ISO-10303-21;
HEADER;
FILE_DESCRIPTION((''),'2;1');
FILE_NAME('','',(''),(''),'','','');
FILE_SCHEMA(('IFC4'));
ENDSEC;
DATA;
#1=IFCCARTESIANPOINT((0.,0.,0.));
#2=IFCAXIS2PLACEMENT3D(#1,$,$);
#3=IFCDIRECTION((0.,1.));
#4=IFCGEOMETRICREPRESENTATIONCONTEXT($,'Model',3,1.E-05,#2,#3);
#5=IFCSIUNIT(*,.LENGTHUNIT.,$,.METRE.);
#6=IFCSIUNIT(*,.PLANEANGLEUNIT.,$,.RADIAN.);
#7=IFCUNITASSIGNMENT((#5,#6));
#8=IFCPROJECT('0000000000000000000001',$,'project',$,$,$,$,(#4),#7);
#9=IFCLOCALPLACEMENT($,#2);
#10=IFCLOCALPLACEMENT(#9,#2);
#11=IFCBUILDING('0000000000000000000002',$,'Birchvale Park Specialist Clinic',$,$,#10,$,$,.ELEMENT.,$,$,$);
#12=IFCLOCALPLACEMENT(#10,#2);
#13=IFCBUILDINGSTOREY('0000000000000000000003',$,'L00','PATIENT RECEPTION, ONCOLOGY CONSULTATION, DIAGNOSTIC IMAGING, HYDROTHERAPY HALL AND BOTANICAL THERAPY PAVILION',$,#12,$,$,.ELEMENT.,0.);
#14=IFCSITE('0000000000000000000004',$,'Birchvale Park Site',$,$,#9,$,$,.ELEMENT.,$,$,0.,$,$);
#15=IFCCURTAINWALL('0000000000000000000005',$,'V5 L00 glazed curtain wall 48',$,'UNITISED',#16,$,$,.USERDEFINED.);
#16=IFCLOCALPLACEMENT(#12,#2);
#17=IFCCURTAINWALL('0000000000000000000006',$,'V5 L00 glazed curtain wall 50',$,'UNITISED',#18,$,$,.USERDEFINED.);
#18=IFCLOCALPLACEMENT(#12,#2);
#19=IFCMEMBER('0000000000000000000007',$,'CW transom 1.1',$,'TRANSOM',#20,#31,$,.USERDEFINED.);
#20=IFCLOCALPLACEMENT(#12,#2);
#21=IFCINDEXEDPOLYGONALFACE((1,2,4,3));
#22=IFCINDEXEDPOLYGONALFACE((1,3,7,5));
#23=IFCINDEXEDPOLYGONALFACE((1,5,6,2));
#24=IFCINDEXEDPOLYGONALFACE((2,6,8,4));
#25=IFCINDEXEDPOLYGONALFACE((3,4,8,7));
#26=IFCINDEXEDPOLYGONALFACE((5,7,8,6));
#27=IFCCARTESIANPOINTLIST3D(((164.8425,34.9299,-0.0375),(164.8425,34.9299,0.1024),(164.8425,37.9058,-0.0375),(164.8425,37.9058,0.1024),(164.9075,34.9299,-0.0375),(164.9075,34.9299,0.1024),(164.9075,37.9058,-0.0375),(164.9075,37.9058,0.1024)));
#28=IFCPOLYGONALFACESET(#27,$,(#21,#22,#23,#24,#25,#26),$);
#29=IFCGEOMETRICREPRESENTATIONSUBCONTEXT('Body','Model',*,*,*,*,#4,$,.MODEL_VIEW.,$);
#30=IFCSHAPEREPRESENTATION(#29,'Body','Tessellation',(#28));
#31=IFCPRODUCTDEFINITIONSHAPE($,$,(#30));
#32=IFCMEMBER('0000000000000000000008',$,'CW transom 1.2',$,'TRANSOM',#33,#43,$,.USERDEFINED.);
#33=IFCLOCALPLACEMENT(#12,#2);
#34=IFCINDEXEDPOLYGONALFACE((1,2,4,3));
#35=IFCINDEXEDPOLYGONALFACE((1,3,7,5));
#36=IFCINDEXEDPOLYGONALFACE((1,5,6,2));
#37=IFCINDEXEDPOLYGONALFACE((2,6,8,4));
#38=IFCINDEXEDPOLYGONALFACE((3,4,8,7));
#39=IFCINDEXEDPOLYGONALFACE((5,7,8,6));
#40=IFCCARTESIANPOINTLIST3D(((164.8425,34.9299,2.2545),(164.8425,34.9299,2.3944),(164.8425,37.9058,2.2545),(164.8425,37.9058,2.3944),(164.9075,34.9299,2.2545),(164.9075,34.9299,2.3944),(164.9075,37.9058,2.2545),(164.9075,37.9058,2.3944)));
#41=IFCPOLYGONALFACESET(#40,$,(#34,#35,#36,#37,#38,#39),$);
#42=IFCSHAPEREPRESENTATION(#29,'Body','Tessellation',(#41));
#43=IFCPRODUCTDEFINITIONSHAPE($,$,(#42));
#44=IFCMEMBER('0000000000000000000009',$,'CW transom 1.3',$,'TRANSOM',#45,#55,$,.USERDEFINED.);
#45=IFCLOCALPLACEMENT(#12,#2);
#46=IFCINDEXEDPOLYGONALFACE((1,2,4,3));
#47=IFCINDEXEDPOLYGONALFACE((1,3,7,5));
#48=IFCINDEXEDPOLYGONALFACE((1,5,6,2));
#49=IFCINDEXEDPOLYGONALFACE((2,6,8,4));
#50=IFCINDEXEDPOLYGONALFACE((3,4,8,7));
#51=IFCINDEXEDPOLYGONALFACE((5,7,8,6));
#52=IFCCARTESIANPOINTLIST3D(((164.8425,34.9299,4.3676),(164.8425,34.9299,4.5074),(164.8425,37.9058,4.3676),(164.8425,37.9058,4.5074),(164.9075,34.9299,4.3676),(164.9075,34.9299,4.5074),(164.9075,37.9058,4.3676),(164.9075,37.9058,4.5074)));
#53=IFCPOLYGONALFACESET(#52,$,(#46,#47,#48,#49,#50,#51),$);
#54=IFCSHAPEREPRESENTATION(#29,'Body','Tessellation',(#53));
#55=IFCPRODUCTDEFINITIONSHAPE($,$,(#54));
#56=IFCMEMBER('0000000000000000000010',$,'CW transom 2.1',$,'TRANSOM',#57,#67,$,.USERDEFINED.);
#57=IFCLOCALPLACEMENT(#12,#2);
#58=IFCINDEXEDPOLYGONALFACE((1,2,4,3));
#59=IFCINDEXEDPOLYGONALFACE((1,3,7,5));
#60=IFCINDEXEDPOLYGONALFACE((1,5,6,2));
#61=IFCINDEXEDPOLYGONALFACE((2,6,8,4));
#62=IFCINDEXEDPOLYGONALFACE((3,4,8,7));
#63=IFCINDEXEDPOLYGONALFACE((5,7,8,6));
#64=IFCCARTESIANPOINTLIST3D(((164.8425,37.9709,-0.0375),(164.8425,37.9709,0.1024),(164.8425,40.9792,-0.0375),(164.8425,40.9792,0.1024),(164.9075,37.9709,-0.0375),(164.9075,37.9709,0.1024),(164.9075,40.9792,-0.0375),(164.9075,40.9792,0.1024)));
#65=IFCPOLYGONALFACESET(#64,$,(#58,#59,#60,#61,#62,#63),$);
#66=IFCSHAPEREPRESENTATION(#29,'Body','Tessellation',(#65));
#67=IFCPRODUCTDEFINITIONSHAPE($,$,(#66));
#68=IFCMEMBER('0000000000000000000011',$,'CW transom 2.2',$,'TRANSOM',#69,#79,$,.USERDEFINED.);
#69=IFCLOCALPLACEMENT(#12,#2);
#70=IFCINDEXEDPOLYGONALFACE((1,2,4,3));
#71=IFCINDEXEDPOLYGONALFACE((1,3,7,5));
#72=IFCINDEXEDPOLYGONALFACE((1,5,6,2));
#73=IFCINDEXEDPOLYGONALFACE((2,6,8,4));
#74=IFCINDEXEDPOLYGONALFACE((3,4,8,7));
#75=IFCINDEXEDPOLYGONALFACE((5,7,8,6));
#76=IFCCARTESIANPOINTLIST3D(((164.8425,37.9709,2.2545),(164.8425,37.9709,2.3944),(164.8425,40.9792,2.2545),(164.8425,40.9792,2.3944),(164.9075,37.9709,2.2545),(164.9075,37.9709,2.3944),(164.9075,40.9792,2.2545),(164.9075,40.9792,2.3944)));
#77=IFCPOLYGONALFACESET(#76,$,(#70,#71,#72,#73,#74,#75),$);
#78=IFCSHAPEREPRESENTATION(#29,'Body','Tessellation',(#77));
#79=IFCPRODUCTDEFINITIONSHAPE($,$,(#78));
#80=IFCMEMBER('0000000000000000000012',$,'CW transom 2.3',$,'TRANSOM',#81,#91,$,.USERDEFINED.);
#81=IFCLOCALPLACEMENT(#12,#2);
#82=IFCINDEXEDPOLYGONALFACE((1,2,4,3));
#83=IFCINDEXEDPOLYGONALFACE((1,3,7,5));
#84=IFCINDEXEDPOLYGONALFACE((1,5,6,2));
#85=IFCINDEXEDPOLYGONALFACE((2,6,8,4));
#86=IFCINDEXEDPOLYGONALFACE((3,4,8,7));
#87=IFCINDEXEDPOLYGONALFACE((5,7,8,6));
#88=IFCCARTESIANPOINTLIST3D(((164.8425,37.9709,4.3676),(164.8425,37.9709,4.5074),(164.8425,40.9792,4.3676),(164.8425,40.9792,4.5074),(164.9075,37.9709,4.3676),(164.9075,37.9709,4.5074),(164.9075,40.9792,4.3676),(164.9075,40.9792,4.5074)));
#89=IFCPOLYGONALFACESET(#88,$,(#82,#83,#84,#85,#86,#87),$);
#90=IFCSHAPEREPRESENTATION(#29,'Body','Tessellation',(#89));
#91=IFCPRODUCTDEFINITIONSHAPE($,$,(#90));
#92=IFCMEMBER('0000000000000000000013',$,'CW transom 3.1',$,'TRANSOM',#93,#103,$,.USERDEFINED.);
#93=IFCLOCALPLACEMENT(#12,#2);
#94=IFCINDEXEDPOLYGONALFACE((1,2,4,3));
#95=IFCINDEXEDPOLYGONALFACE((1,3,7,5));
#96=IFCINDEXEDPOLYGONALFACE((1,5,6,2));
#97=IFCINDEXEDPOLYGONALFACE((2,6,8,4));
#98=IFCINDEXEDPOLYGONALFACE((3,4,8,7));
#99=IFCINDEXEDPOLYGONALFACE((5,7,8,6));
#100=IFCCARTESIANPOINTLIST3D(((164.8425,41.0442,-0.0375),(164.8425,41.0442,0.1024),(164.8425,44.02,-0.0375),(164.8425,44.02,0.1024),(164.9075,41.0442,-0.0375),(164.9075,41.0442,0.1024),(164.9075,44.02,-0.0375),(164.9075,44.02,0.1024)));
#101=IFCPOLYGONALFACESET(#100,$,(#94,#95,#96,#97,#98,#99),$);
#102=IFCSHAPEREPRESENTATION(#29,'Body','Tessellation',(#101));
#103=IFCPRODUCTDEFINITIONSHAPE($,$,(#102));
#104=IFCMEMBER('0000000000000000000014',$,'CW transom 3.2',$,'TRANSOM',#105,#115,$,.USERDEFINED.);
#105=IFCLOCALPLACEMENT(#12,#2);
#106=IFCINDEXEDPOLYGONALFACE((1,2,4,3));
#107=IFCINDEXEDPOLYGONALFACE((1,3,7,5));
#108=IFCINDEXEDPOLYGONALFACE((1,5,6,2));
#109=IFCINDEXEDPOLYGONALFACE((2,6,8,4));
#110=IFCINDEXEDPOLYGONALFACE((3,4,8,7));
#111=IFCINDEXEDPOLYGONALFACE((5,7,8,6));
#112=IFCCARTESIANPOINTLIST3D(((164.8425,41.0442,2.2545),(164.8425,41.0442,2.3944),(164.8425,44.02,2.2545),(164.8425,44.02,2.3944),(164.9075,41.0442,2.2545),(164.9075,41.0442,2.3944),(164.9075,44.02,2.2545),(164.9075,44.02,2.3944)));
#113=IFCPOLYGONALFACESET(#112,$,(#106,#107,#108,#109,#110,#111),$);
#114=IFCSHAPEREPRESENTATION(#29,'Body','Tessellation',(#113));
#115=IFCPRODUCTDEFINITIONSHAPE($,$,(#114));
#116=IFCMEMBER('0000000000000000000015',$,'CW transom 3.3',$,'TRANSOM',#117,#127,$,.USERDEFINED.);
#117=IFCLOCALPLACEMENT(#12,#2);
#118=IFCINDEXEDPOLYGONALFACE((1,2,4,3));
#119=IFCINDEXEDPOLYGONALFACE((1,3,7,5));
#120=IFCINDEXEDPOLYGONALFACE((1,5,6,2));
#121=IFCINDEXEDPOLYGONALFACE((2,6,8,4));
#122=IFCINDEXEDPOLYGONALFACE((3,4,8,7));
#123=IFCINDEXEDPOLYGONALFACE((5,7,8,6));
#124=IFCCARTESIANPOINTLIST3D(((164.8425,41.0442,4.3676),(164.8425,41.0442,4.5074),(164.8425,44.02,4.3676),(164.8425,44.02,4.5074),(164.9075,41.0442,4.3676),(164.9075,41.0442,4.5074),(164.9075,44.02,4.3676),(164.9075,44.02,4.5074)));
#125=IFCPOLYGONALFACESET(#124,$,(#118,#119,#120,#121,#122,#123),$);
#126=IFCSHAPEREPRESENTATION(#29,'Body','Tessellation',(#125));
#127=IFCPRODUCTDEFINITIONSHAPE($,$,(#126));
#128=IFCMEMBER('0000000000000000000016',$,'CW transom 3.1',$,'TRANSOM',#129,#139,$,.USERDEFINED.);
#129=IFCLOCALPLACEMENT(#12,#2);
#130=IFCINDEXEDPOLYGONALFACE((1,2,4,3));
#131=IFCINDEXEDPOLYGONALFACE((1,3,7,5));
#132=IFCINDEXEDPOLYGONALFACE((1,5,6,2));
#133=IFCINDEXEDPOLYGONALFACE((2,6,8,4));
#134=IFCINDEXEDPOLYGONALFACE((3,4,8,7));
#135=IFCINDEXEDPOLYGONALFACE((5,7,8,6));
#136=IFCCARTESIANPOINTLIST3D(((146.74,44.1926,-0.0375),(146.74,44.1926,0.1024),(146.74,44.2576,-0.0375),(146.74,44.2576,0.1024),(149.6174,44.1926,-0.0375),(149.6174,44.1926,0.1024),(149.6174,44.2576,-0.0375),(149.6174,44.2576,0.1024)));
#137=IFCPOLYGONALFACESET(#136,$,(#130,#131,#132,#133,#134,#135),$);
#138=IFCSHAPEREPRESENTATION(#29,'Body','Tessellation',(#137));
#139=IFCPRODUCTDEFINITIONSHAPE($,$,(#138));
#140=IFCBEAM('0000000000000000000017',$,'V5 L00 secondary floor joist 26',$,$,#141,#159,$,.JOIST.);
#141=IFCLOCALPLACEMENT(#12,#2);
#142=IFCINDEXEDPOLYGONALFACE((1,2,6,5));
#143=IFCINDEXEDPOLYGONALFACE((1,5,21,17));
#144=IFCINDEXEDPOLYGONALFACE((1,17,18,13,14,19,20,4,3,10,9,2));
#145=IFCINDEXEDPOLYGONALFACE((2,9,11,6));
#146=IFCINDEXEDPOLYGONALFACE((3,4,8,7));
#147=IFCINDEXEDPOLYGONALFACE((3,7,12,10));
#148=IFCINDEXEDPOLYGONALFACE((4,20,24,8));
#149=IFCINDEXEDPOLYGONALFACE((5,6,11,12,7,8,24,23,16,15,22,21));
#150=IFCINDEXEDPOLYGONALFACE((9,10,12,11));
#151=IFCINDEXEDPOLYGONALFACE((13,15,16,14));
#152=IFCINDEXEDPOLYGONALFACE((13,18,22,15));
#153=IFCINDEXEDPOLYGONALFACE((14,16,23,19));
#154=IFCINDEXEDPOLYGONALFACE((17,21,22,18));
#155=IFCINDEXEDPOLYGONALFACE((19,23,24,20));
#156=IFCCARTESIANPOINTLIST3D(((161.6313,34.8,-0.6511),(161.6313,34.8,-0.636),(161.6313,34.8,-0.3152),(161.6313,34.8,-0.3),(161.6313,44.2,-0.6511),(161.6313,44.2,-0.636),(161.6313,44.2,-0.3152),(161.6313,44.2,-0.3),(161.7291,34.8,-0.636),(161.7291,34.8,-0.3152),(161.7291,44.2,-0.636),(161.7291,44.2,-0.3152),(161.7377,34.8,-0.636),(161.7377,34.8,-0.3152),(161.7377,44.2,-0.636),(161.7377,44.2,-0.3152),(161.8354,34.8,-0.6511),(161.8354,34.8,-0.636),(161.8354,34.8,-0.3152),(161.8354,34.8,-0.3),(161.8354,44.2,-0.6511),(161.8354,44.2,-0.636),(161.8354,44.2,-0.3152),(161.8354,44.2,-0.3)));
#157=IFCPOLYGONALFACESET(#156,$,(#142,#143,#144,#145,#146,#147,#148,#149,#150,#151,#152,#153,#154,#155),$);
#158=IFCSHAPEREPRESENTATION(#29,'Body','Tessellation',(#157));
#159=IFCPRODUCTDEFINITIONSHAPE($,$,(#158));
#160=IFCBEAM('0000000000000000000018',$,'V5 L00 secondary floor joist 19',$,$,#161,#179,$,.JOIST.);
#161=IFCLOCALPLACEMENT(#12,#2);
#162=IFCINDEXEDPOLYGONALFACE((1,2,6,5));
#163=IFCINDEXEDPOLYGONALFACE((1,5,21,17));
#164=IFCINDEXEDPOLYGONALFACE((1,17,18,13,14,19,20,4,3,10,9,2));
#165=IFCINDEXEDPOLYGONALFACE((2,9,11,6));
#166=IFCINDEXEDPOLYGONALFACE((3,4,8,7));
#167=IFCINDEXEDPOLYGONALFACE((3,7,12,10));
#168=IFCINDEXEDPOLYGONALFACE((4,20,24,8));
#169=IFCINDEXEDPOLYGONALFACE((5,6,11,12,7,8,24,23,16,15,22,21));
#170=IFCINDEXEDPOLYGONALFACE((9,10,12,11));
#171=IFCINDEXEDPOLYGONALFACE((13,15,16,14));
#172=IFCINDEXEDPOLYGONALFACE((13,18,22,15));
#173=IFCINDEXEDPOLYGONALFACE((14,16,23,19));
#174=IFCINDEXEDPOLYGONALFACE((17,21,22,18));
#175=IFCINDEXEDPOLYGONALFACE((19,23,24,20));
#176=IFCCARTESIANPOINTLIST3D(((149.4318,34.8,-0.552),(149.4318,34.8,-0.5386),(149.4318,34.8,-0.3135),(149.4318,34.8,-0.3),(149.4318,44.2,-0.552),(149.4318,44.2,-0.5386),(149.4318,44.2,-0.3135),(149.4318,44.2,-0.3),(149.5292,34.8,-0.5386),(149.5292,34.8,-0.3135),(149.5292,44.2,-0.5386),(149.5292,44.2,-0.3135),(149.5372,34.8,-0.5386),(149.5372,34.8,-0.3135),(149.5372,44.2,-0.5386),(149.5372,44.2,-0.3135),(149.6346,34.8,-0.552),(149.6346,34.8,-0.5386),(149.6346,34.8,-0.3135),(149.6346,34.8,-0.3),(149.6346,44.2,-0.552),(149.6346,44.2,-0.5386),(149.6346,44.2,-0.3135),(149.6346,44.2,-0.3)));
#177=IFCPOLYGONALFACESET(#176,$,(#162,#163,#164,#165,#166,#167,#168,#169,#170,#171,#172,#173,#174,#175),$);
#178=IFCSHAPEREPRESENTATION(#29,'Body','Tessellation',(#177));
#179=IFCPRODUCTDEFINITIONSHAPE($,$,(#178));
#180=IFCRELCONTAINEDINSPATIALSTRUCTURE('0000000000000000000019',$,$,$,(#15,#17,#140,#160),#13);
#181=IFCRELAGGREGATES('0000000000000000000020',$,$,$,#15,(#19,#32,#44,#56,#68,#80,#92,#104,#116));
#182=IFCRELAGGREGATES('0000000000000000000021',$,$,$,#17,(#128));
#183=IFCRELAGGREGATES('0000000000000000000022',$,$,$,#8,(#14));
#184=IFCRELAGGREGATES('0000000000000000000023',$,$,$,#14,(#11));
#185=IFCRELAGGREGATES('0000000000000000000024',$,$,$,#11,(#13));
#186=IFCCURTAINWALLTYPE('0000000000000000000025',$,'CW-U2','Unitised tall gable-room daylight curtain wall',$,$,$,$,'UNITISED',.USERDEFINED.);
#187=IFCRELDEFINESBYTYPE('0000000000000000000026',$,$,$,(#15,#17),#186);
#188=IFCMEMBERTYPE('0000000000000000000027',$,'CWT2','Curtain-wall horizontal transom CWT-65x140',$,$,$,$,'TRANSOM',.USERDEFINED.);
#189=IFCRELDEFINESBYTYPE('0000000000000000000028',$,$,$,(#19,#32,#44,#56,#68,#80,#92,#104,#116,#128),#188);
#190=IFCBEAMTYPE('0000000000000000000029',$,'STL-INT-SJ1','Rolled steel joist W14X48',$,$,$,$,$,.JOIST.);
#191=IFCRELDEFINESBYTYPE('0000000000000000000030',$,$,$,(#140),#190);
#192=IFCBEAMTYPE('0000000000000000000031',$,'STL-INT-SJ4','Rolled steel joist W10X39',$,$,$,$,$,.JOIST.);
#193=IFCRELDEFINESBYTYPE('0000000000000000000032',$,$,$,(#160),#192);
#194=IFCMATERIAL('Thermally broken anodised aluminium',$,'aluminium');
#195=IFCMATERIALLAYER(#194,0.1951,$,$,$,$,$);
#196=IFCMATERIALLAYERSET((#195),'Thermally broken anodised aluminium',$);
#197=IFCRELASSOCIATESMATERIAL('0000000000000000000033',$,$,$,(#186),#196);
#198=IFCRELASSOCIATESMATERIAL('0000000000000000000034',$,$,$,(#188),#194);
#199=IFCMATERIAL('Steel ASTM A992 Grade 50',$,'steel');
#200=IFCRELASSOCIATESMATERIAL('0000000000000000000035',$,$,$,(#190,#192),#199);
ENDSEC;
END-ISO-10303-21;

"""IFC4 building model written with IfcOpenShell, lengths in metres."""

from ifc_helpers import new_model, si_unit, direction, frame, origin, origin_2d, place, context, subcontext, project, spatial, rectangle, i_section, extrude, material, layer, layer_set, material_profile, profile_set, type_object, element, aggregate, save


model = new_model("IFC4")

# Units and contexts
model_context = context("Model", 3, precision=1e-05, world=origin(), true_north=direction((0.0, 1.0)))
body_context = subcontext(model_context, "Body", "Model", "MODEL_VIEW")
ifc_project = project(units=[si_unit("LENGTHUNIT", "METRE"), si_unit("PLANEANGLEUNIT", "RADIAN")], contexts=[model_context])

# Site, building, storey
site_placement = place(None, origin())
site = spatial("IfcSite", under=ifc_project, at=site_placement, Name="Birchvale Park Site", CompositionType="ELEMENT", RefElevation=0.0)
building_placement = place(site_placement, origin())
building = spatial("IfcBuilding", under=site, at=building_placement, Name="Birchvale Park Specialist Clinic", CompositionType="ELEMENT")
storey_placement = place(building_placement, origin())
storey = spatial("IfcBuildingStorey", under=building, at=storey_placement, Name="L00", Description="PATIENT RECEPTION, ONCOLOGY CONSULTATION, DIAGNOSTIC IMAGING, HYDROTHERAPY HALL AND BOTANICAL THERAPY PAVILION", CompositionType="ELEMENT", Elevation=0.0)

# Curtain wall
ifc_material_1 = material(Name="Thermally broken anodised aluminium", Category="aluminium")
ifc_layer_1 = layer(ifc_material_1, 0.1951)
ifc_layer_set_1 = layer_set([ifc_layer_1], Name="Thermally broken anodised aluminium")
curtain_wall_type = type_object("IfcCurtainWallType", Name="CW-U2", Description="Unitised tall gable-room daylight curtain wall", ElementType="UNITISED", PredefinedType="USERDEFINED", material=ifc_layer_set_1)
curtain_wall_1_placement = place(storey_placement, origin())
curtain_wall_1 = element("IfcCurtainWall", 1, at=curtain_wall_1_placement, inside=storey, type_object=curtain_wall_type, Name="V5 L00 glazed curtain wall 48", ObjectType="UNITISED", PredefinedType="USERDEFINED")

# Curtain wall
curtain_wall_2_placement = place(storey_placement, origin())
curtain_wall_2 = element("IfcCurtainWall", 2, at=curtain_wall_2_placement, inside=storey, type_object=curtain_wall_type, Name="V5 L00 glazed curtain wall 50", ObjectType="UNITISED", PredefinedType="USERDEFINED")

# Members
ifc_material_profile_1 = material_profile(ifc_material_1, rectangle(XDim=0.0649, YDim=0.1399, at=origin_2d()), Name="CWT-65x140")
ifc_profile_set_1 = profile_set([ifc_material_profile_1], Name="Thermally broken anodised aluminium")
member_type_1 = type_object("IfcMemberType", Name="CWT2", Description="Curtain-wall horizontal transom CWT-65x140", ElementType="TRANSOM", PredefinedType="USERDEFINED", material=ifc_profile_set_1)
member_1_placement = place(storey_placement, frame((164.875, 34.9299, 0.0325), z_axis=(0.0, 1.0, 0.0), x_axis=(-1.0, 0.0, 0.0)))
member_1 = element("IfcMember", 3, at=member_1_placement, type_object=member_type_1, Name="CW transom 1.1", ObjectType="TRANSOM", PredefinedType="USERDEFINED", context=body_context, shape_type="SweptSolid", body=[
    extrude(rectangle(XDim=0.0649, YDim=0.1399, at=origin_2d()), origin(), (0.0, 0.0, 1.0), 2.9758),
])
member_2_placement = place(storey_placement, frame((164.875, 34.9299, 2.3245), z_axis=(0.0, 1.0, 0.0), x_axis=(-1.0, 0.0, 0.0)))
member_2 = element("IfcMember", 4, at=member_2_placement, type_object=member_type_1, Name="CW transom 1.2", ObjectType="TRANSOM", PredefinedType="USERDEFINED", context=body_context, shape_type="SweptSolid", body=[
    extrude(rectangle(XDim=0.0649, YDim=0.1399, at=origin_2d()), origin(), (0.0, 0.0, 1.0), 2.9758),
])
member_3_placement = place(storey_placement, frame((164.875, 34.9299, 4.4375), z_axis=(0.0, 1.0, 0.0), x_axis=(-1.0, 0.0, 0.0)))
member_3 = element("IfcMember", 5, at=member_3_placement, type_object=member_type_1, Name="CW transom 1.3", ObjectType="TRANSOM", PredefinedType="USERDEFINED", context=body_context, shape_type="SweptSolid", body=[
    extrude(rectangle(XDim=0.0649, YDim=0.1399, at=origin_2d()), origin(), (0.0, 0.0, 1.0), 2.9758),
])
member_4_placement = place(storey_placement, frame((164.875, 37.9709, 0.0325), z_axis=(0.0, 1.0, 0.0), x_axis=(-1.0, 0.0, 0.0)))
member_4 = element("IfcMember", 6, at=member_4_placement, type_object=member_type_1, Name="CW transom 2.1", ObjectType="TRANSOM", PredefinedType="USERDEFINED", context=body_context, shape_type="SweptSolid", body=[
    extrude(rectangle(XDim=0.0649, YDim=0.1399, at=origin_2d()), origin(), (0.0, 0.0, 1.0), 3.0083),
])
member_5_placement = place(storey_placement, frame((164.875, 37.9709, 2.3245), z_axis=(0.0, 1.0, 0.0), x_axis=(-1.0, 0.0, 0.0)))
member_5 = element("IfcMember", 7, at=member_5_placement, type_object=member_type_1, Name="CW transom 2.2", ObjectType="TRANSOM", PredefinedType="USERDEFINED", context=body_context, shape_type="SweptSolid", body=[
    extrude(rectangle(XDim=0.0649, YDim=0.1399, at=origin_2d()), origin(), (0.0, 0.0, 1.0), 3.0083),
])
member_6_placement = place(storey_placement, frame((164.875, 37.9709, 4.4375), z_axis=(0.0, 1.0, 0.0), x_axis=(-1.0, 0.0, 0.0)))
member_6 = element("IfcMember", 8, at=member_6_placement, type_object=member_type_1, Name="CW transom 2.3", ObjectType="TRANSOM", PredefinedType="USERDEFINED", context=body_context, shape_type="SweptSolid", body=[
    extrude(rectangle(XDim=0.0649, YDim=0.1399, at=origin_2d()), origin(), (0.0, 0.0, 1.0), 3.0083),
])
member_7_placement = place(storey_placement, frame((164.875, 41.0442, 0.0325), z_axis=(0.0, 1.0, 0.0), x_axis=(-1.0, 0.0, 0.0)))
member_7 = element("IfcMember", 9, at=member_7_placement, type_object=member_type_1, Name="CW transom 3.1", ObjectType="TRANSOM", PredefinedType="USERDEFINED", context=body_context, shape_type="SweptSolid", body=[
    extrude(rectangle(XDim=0.0649, YDim=0.1399, at=origin_2d()), origin(), (0.0, 0.0, 1.0), 2.9758),
])
member_8_placement = place(storey_placement, frame((164.875, 41.0442, 2.3245), z_axis=(0.0, 1.0, 0.0), x_axis=(-1.0, 0.0, 0.0)))
member_8 = element("IfcMember", 10, at=member_8_placement, type_object=member_type_1, Name="CW transom 3.2", ObjectType="TRANSOM", PredefinedType="USERDEFINED", context=body_context, shape_type="SweptSolid", body=[
    extrude(rectangle(XDim=0.0649, YDim=0.1399, at=origin_2d()), origin(), (0.0, 0.0, 1.0), 2.9758),
])
member_9_placement = place(storey_placement, frame((164.875, 41.0442, 4.4375), z_axis=(0.0, 1.0, 0.0), x_axis=(-1.0, 0.0, 0.0)))
member_9 = element("IfcMember", 11, at=member_9_placement, type_object=member_type_1, Name="CW transom 3.3", ObjectType="TRANSOM", PredefinedType="USERDEFINED", context=body_context, shape_type="SweptSolid", body=[
    extrude(rectangle(XDim=0.0649, YDim=0.1399, at=origin_2d()), origin(), (0.0, 0.0, 1.0), 2.9758),
])
member_10_placement = place(storey_placement, frame((149.6174, 44.2251, 0.0325), z_axis=(-1.0, 0.0, 0.0), x_axis=(0.0, -1.0, 0.0)))
member_10 = element("IfcMember", 12, at=member_10_placement, type_object=member_type_1, Name="CW transom 3.1", ObjectType="TRANSOM", PredefinedType="USERDEFINED", context=body_context, shape_type="SweptSolid", body=[
    extrude(rectangle(XDim=0.0649, YDim=0.1399, at=origin_2d()), origin(), (0.0, 0.0, 1.0), 2.8774),
])

# Beams
ifc_material_2 = material(Name="Steel ASTM A992 Grade 50", Category="steel")
ifc_material_profile_2 = material_profile(ifc_material_2, i_section(OverallWidth=0.2041, OverallDepth=0.3511, WebThickness=0.0085, FlangeThickness=0.0151, at=origin_2d()), Name="W14X48")
ifc_profile_set_2 = profile_set([ifc_material_profile_2], Name="Steel ASTM A992 Grade 50")
beam_type_1 = type_object("IfcBeamType", Name="STL-INT-SJ1", Description="Rolled steel joist W14X48", PredefinedType="JOIST", material=ifc_profile_set_2)
beam_1_placement = place(storey_placement, frame((161.7334, 34.8, -0.4756), z_axis=(0.0, 1.0, 0.0), x_axis=(-1.0, 0.0, 0.0)))
element("IfcBeam", 13, at=beam_1_placement, inside=storey, type_object=beam_type_1, Name="V5 L00 secondary floor joist 26", PredefinedType="JOIST", context=body_context, shape_type="SweptSolid", body=[
    extrude(i_section(OverallWidth=0.2041, OverallDepth=0.3511, WebThickness=0.0085, FlangeThickness=0.0151, at=origin_2d()), origin(), (0.0, 0.0, 1.0), 9.3999),
])
ifc_material_profile_3 = material_profile(ifc_material_2, i_section(OverallWidth=0.2029, OverallDepth=0.252, WebThickness=0.0081, FlangeThickness=0.0134, at=origin_2d()), Name="W10X39")
ifc_profile_set_3 = profile_set([ifc_material_profile_3], Name="Steel ASTM A992 Grade 50")
beam_type_2 = type_object("IfcBeamType", Name="STL-INT-SJ4", Description="Rolled steel joist W10X39", PredefinedType="JOIST", material=ifc_profile_set_3)
beam_2_placement = place(storey_placement, frame((149.5332, 34.8, -0.426), z_axis=(0.0, 1.0, 0.0), x_axis=(-1.0, 0.0, 0.0)))
element("IfcBeam", 14, at=beam_2_placement, inside=storey, type_object=beam_type_2, Name="V5 L00 secondary floor joist 19", PredefinedType="JOIST", context=body_context, shape_type="SweptSolid", body=[
    extrude(i_section(OverallWidth=0.2029, OverallDepth=0.252, WebThickness=0.0081, FlangeThickness=0.0134, at=origin_2d()), origin(), (0.0, 0.0, 1.0), 9.3999),
])

aggregate(curtain_wall_1, [member_1, member_2, member_3, member_4, member_5, member_6, member_7, member_8, member_9])
aggregate(curtain_wall_2, [member_10])

save(model, "model.ifc")
